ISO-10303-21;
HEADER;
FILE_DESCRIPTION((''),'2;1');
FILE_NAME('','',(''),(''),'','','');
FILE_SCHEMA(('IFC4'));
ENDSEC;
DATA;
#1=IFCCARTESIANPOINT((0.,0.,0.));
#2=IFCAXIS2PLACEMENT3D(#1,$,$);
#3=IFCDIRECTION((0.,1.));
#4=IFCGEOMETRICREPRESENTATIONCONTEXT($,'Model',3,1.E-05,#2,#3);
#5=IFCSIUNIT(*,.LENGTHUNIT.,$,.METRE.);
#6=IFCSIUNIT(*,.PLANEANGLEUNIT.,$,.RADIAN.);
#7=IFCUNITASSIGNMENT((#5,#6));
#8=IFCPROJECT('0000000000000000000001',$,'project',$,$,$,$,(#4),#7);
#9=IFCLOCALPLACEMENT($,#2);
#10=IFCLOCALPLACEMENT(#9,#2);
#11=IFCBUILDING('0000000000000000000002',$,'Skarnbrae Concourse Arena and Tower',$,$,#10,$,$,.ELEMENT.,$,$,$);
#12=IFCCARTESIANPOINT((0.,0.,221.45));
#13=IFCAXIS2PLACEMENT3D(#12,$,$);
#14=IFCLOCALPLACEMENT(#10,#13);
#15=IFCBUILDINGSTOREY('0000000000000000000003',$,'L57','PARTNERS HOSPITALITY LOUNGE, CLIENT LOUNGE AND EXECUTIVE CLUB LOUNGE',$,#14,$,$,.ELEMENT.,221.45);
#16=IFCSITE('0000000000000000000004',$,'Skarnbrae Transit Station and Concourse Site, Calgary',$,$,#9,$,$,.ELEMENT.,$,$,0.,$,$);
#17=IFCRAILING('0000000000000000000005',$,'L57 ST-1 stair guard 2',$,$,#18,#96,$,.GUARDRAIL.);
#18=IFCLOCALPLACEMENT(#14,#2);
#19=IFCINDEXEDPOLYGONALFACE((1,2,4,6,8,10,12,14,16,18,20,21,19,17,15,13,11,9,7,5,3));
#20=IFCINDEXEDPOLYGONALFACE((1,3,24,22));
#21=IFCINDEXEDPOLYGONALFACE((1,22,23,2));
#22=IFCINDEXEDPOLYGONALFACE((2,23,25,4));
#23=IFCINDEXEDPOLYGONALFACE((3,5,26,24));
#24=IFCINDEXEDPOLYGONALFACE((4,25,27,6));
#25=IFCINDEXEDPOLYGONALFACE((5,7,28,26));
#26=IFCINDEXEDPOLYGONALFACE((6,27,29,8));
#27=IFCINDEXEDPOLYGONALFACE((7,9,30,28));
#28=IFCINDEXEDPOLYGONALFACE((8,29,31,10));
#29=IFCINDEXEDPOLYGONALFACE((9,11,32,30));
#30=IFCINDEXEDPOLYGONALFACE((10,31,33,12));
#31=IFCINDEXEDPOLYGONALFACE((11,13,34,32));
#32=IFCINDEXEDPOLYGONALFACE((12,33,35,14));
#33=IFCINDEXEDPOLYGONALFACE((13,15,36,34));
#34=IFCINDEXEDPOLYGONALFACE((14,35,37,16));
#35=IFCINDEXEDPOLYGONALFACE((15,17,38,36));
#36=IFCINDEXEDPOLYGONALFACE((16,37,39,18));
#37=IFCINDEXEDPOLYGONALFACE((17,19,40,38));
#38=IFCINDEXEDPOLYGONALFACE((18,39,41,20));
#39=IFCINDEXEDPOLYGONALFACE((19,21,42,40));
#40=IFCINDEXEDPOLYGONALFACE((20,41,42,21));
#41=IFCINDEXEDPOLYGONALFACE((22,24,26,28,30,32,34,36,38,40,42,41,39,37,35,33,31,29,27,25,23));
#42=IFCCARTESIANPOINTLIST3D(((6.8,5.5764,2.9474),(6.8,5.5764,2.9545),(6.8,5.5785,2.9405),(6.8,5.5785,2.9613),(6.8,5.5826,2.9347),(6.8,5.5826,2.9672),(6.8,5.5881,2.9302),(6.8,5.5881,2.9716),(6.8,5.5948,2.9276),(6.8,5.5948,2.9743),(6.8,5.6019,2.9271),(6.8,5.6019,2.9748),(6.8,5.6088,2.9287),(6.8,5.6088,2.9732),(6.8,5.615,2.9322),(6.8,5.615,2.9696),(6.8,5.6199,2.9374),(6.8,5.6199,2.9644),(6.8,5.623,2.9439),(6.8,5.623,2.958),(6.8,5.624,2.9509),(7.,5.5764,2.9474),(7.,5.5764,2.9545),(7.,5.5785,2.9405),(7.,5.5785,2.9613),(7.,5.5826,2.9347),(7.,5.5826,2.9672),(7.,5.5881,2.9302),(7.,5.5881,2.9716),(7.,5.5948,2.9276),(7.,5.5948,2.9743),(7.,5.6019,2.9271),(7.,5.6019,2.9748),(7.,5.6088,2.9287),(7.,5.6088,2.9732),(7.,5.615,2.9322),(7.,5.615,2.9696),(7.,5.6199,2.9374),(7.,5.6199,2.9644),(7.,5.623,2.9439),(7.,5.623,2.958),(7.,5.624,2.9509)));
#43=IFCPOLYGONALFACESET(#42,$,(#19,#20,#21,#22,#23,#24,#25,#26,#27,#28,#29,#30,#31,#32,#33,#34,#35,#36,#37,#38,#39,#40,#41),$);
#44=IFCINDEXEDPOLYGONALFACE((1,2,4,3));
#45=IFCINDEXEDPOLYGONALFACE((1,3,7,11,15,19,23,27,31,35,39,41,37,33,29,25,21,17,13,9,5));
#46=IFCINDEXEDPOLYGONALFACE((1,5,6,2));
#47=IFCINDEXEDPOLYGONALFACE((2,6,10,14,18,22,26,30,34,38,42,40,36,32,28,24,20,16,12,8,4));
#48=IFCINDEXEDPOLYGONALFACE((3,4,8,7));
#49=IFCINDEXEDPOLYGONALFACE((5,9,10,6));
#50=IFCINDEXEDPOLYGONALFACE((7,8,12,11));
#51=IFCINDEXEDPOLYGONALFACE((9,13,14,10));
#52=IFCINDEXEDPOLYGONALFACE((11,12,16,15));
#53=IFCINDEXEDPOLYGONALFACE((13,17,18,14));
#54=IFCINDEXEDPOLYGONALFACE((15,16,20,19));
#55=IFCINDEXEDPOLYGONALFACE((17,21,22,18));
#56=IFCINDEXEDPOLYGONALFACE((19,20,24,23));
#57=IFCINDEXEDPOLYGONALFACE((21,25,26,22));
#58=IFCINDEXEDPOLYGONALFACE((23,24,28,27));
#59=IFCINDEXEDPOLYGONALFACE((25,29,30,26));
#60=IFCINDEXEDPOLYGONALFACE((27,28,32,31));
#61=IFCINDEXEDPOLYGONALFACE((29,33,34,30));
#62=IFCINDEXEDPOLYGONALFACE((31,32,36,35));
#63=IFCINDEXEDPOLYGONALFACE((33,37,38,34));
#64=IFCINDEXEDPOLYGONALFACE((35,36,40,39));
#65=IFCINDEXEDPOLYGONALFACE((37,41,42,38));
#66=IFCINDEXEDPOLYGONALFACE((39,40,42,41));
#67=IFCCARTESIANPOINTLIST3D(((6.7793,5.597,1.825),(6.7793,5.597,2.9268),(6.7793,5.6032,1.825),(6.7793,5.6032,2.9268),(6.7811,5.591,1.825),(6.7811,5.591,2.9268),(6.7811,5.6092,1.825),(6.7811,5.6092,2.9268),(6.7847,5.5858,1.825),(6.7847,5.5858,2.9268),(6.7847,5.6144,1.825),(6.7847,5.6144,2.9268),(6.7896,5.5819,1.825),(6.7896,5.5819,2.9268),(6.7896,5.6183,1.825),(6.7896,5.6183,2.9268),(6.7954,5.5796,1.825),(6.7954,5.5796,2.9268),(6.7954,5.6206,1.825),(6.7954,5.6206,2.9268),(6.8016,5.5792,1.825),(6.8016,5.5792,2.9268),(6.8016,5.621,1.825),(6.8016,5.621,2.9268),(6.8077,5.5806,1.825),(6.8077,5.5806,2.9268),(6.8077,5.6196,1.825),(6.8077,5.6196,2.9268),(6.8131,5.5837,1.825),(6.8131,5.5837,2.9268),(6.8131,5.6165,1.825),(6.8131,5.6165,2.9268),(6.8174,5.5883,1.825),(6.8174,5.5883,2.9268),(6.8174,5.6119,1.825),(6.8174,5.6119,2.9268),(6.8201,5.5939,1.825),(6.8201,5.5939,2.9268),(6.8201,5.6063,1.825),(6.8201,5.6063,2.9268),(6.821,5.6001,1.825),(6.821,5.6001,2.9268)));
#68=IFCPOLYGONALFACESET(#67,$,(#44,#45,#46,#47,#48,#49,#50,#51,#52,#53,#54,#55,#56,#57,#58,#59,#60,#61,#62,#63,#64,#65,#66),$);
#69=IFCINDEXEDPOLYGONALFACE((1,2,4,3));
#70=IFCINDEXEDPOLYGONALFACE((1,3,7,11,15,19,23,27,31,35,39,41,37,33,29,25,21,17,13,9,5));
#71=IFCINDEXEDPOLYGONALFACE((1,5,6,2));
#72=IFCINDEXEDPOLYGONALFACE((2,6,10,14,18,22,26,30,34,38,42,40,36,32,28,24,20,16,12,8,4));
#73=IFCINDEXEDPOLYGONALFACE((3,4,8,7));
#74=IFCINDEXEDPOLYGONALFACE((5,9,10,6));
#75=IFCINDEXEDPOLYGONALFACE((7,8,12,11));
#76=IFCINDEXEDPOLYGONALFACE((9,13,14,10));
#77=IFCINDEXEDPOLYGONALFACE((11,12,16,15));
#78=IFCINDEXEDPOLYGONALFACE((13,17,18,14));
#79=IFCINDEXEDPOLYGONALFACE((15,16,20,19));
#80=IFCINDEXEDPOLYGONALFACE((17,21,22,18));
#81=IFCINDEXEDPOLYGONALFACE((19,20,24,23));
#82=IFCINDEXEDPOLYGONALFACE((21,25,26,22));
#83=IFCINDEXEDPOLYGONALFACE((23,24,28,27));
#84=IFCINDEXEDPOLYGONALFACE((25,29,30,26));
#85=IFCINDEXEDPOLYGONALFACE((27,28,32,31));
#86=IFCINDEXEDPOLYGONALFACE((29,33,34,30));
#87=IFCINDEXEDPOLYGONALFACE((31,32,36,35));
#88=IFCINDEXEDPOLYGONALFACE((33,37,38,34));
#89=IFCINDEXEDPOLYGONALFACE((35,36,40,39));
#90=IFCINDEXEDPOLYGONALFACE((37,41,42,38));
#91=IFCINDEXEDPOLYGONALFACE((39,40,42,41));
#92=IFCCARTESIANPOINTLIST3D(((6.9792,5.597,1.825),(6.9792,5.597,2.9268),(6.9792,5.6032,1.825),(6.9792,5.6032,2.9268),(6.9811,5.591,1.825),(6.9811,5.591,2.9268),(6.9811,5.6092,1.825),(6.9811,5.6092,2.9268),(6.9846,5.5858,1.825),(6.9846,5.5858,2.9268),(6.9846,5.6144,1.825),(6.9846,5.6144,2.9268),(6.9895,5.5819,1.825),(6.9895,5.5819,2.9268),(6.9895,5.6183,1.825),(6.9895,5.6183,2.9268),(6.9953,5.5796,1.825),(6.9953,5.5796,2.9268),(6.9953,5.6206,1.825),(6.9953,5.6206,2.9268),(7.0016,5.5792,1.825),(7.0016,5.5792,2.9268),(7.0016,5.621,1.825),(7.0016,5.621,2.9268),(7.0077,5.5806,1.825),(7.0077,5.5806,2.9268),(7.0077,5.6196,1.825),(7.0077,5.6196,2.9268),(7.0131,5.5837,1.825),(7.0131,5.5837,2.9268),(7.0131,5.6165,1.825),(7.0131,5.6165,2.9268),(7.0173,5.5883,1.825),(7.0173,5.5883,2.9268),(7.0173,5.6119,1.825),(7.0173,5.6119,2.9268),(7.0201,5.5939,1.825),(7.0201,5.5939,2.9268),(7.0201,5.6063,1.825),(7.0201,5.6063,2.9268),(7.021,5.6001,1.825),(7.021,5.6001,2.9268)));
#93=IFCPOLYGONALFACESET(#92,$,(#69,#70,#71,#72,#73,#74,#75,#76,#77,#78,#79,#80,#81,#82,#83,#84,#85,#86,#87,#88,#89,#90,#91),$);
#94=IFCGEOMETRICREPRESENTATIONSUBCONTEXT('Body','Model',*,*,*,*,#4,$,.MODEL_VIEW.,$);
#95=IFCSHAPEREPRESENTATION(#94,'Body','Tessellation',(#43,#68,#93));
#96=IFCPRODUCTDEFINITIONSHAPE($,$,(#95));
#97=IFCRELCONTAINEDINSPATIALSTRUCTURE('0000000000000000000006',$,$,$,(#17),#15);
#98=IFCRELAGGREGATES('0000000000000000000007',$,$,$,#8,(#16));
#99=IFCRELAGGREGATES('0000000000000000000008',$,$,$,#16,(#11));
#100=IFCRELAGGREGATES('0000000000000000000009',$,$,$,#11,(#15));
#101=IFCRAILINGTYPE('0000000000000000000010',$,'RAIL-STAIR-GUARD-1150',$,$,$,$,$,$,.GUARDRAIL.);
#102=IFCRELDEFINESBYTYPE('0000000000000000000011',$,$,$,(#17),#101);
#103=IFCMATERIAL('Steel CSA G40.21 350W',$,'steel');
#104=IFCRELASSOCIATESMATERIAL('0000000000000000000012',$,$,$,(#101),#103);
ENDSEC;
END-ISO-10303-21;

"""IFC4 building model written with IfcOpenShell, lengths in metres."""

from ifc_helpers import new_model, si_unit, direction, frame, origin, origin_2d, place, context, subcontext, project, spatial, circle, extrude, material, type_object, element, save


model = new_model("IFC4")

# Units and contexts
model_context = context("Model", 3, precision=1e-05, world=origin(), true_north=direction((0.0, 1.0)))
body_context = subcontext(model_context, "Body", "Model", "MODEL_VIEW")
ifc_project = project(units=[si_unit("LENGTHUNIT", "METRE"), si_unit("PLANEANGLEUNIT", "RADIAN")], contexts=[model_context])

# Site, building, storey
site_placement = place(None, origin())
site = spatial("IfcSite", under=ifc_project, at=site_placement, Name="Skarnbrae Transit Station and Concourse Site, Calgary", CompositionType="ELEMENT", RefElevation=0.0)
building_placement = place(site_placement, origin())
building = spatial("IfcBuilding", under=site, at=building_placement, Name="Skarnbrae Concourse Arena and Tower", CompositionType="ELEMENT")
storey_placement = place(building_placement, frame((0.0, 0.0, 221.45)))
storey = spatial("IfcBuildingStorey", under=building, at=storey_placement, Name="L57", Description="PARTNERS HOSPITALITY LOUNGE, CLIENT LOUNGE AND EXECUTIVE CLUB LOUNGE", CompositionType="ELEMENT", Elevation=221.45)

# Shared definitions
ifc_material_1 = material(Name="Steel CSA G40.21 350W", Category="steel")

# Railing
railing_type_1 = type_object("IfcRailingType", Name="RAIL-STAIR-GUARD-1150", PredefinedType="GUARDRAIL", material=ifc_material_1)
railing_1_placement = place(storey_placement, frame((6.8, 5.6001, 1.825)))
element("IfcRailing", 1, at=railing_1_placement, inside=storey, type_object=railing_type_1, Name="L57 ST-1 stair guard 2", PredefinedType="GUARDRAIL", context=body_context, shape_type="SweptSolid", body=[
    extrude(circle(Radius=0.0239, at=origin_2d()), frame((0.0, 0.0, 1.126), z_axis=(1.0, 0.0, 0.0), x_axis=(0.0, 1.0, 0.0)), (0.0, 0.0, 1.0), 0.2),
    extrude(circle(Radius=0.021, at=origin_2d()), origin(), (0.0, 0.0, 1.0), 1.1018),
    extrude(circle(Radius=0.021, at=origin_2d()), frame((0.2, 0.0, 0.0)), (0.0, 0.0, 1.0), 1.1018),
])

save(model, "model.ifc")
